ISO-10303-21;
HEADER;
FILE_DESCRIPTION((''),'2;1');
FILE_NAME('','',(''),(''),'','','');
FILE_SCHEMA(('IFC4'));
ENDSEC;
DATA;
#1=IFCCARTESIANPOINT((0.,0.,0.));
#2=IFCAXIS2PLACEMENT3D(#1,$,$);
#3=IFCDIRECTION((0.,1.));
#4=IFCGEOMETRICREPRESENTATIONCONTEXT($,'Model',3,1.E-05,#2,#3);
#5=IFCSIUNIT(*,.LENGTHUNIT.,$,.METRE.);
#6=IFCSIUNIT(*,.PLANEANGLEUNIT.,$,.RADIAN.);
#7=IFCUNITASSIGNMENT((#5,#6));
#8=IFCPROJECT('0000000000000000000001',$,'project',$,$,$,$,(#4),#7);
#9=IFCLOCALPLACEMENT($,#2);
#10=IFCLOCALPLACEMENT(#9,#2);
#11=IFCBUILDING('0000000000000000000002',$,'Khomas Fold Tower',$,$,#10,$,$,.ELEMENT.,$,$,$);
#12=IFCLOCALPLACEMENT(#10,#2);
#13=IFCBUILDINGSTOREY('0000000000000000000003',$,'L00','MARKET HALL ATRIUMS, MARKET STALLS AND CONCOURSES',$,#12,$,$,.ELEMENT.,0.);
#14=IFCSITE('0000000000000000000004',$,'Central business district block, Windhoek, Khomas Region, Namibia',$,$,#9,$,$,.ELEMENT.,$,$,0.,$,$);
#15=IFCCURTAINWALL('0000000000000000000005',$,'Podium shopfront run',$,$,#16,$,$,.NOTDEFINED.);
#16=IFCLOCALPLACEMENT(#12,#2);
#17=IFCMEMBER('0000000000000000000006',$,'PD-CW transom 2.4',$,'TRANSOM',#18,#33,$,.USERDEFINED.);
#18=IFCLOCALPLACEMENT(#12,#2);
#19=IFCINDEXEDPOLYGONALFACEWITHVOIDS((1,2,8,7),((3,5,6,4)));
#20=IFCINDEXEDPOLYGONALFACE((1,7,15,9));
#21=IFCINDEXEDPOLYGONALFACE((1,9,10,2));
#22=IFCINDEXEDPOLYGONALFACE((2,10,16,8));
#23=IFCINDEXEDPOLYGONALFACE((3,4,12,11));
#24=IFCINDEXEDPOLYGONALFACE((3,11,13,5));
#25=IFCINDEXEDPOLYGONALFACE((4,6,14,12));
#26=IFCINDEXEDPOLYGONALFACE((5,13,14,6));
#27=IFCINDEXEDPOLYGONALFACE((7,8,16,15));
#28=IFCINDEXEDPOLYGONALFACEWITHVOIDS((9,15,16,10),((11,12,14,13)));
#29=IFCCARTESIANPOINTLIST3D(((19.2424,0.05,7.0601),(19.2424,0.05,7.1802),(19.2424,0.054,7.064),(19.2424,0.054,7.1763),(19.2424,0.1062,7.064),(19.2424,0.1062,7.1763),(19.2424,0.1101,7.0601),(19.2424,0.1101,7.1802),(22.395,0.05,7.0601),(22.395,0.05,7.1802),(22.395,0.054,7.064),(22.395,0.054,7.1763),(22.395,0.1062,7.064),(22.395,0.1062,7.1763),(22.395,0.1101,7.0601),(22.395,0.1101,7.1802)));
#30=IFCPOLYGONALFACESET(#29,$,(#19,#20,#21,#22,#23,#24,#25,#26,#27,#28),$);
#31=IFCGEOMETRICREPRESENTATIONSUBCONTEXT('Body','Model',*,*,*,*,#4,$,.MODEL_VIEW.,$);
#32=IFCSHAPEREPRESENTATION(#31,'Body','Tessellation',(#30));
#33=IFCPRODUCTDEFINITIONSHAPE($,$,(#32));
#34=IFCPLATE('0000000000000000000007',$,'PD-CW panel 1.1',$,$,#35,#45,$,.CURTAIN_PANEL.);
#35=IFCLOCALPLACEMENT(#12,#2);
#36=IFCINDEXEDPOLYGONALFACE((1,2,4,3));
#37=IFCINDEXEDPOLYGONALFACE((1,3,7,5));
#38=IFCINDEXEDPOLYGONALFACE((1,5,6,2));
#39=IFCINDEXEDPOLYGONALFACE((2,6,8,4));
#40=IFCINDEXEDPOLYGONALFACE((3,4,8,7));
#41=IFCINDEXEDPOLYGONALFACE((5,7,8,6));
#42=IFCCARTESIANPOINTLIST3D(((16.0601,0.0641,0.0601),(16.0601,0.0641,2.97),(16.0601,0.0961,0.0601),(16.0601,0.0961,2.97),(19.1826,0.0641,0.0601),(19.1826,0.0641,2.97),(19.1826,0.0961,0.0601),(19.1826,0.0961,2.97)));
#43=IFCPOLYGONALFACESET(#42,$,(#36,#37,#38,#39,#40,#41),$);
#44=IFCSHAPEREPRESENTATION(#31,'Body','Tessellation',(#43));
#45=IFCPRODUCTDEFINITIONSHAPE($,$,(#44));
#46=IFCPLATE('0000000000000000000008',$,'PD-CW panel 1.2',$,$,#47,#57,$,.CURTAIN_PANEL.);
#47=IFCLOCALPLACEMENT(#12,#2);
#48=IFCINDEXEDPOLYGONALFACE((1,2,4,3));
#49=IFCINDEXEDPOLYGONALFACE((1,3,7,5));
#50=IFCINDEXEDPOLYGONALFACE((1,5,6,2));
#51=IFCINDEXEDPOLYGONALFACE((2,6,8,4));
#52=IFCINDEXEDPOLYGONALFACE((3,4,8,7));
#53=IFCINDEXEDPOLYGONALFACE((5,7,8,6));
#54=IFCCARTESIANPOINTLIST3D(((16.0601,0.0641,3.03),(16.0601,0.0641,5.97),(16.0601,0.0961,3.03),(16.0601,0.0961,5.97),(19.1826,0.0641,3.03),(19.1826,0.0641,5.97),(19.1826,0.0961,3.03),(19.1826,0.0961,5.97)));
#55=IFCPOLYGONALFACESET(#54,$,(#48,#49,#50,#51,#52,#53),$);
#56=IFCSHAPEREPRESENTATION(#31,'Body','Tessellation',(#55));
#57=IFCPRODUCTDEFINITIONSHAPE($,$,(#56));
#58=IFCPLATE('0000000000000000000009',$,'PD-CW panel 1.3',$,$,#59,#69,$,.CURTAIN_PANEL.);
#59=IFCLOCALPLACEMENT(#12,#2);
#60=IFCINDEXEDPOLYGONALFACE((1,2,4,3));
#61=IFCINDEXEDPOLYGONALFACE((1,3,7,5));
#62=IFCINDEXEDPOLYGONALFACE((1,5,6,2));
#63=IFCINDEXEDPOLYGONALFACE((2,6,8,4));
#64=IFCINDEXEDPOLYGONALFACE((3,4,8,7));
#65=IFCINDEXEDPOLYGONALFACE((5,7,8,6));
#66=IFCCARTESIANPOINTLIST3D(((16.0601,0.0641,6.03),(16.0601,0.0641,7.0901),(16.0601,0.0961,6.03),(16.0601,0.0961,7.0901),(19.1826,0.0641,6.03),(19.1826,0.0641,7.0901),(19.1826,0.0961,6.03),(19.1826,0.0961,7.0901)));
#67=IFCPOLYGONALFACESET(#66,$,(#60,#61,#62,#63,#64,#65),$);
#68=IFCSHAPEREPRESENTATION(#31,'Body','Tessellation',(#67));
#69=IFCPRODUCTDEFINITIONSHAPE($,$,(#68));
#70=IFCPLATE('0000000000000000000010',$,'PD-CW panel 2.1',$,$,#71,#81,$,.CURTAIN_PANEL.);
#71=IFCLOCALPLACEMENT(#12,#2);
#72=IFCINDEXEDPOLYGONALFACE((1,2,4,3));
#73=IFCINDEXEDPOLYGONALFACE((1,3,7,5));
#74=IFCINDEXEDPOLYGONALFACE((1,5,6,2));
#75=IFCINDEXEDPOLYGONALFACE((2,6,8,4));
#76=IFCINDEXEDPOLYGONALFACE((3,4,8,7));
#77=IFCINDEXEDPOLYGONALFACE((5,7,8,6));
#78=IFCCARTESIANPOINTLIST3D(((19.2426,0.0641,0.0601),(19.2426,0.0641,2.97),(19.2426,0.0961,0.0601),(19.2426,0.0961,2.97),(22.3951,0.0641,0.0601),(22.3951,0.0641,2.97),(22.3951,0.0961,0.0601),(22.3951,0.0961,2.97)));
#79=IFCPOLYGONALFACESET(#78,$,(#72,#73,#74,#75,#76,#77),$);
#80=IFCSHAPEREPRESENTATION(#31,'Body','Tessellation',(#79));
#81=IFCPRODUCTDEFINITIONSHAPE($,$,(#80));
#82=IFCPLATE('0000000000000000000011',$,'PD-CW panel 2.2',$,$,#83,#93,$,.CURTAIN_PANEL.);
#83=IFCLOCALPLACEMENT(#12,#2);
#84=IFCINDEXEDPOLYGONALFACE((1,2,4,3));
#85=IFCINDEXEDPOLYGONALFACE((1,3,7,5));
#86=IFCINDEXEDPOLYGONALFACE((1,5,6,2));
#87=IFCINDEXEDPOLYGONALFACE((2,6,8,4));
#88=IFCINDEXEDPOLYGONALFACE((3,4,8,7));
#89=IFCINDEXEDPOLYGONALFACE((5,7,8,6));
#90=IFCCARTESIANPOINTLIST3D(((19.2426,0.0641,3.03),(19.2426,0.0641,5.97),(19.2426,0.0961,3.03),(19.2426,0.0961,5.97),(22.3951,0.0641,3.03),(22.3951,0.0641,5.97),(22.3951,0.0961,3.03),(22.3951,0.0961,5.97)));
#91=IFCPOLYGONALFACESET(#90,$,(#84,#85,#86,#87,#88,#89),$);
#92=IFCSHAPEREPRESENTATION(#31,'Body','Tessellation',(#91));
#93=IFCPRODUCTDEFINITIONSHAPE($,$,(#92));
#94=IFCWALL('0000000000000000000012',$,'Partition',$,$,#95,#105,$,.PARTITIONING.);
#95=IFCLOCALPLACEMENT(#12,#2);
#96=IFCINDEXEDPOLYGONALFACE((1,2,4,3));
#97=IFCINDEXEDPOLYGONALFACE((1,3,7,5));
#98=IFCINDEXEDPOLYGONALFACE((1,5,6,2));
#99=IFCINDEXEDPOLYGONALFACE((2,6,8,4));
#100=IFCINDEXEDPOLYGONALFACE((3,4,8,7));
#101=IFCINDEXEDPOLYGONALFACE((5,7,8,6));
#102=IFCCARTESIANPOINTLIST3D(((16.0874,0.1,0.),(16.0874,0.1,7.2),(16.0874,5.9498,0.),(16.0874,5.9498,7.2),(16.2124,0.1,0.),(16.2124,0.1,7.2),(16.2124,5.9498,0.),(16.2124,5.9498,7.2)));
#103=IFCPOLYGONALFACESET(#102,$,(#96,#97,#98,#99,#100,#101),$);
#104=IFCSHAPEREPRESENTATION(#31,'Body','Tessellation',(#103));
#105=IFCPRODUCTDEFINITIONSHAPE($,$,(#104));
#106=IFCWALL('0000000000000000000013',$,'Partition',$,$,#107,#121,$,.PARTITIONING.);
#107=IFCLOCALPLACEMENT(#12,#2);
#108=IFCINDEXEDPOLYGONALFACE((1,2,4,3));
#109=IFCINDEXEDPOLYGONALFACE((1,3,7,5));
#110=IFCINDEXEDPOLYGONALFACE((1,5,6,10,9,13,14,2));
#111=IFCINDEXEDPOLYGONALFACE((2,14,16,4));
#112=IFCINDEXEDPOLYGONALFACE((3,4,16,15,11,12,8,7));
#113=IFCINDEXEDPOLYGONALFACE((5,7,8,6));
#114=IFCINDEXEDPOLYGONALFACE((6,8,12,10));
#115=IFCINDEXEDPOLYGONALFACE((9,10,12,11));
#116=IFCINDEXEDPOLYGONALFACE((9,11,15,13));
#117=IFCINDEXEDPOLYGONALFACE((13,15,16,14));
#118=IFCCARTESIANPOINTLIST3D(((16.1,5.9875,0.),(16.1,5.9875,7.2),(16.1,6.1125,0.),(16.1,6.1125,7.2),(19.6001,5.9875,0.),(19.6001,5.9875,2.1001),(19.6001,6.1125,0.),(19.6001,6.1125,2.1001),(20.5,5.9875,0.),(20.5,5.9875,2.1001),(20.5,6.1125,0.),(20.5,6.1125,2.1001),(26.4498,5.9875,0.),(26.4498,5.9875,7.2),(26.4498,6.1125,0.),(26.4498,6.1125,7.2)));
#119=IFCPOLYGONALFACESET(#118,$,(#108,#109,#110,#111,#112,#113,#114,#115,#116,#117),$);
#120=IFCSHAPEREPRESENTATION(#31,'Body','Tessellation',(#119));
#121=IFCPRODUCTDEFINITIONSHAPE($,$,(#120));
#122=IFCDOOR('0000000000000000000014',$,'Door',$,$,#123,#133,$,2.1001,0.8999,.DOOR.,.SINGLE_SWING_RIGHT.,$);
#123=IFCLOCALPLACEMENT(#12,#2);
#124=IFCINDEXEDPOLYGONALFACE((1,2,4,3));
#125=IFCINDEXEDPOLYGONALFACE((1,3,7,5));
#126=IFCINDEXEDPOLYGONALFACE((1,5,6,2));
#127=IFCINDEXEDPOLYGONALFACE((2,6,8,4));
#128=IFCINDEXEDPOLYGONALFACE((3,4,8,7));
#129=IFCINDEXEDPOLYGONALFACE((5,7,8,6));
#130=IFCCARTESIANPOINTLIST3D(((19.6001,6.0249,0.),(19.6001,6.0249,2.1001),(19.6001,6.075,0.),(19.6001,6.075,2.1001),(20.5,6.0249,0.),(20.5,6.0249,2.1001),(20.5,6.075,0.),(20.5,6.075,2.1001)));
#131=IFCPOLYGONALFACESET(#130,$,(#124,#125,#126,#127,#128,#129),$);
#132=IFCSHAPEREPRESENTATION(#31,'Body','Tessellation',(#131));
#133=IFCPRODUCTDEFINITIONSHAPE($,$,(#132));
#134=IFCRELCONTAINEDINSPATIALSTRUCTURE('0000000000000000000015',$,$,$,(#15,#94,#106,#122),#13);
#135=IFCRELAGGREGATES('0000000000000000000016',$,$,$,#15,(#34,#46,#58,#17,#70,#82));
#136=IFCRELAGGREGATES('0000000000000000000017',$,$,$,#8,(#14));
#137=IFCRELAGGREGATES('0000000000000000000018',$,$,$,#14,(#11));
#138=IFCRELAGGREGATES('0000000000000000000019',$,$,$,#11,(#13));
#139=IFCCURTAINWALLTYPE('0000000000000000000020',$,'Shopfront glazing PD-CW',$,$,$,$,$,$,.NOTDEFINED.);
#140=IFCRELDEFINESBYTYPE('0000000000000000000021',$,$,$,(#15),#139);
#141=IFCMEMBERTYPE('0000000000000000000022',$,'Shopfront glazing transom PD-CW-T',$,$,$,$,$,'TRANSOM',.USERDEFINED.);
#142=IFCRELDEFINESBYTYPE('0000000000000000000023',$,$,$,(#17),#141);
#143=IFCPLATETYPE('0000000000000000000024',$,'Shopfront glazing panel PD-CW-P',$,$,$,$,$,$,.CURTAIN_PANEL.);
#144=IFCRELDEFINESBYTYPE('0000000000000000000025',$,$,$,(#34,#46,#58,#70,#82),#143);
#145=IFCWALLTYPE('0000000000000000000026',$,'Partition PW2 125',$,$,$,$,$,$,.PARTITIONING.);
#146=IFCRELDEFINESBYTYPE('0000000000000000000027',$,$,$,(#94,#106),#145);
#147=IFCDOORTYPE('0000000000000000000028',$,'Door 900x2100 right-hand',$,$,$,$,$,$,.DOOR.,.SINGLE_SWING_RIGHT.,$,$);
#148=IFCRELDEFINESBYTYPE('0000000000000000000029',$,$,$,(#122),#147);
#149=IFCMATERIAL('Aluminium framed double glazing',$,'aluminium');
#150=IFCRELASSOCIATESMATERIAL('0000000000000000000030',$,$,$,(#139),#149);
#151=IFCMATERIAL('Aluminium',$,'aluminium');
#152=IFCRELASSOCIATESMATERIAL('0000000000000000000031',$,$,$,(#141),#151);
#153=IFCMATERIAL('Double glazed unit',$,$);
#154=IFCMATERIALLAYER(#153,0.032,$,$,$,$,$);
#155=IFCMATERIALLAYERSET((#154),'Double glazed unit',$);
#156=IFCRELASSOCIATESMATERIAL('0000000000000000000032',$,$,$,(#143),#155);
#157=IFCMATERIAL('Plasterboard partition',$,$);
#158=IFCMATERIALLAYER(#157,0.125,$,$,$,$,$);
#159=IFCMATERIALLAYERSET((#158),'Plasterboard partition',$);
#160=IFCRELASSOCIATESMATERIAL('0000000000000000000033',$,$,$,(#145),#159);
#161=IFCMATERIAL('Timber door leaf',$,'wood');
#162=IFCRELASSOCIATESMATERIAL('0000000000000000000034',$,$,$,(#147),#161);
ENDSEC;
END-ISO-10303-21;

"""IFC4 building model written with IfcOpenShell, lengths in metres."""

from ifc_helpers import new_model, si_unit, direction, frame, frame_2d, origin, origin_2d, place, context, subcontext, project, spatial, rectangle, hollow_rectangle, extrude, source, transform, mapped, material, layer, layer_set, material_profile, profile_set, type_object, element, fill, aggregate, save


model = new_model("IFC4")

# Units and contexts
model_context = context("Model", 3, precision=1e-05, world=origin(), true_north=direction((0.0, 1.0)))
body_context = subcontext(model_context, "Body", "Model", "MODEL_VIEW")
ifc_project = project(units=[si_unit("LENGTHUNIT", "METRE"), si_unit("PLANEANGLEUNIT", "RADIAN")], contexts=[model_context])

# Site, building, storey
site_placement = place(None, origin())
site = spatial("IfcSite", under=ifc_project, at=site_placement, Name="Central business district block, Windhoek, Khomas Region, Namibia", CompositionType="ELEMENT", RefElevation=0.0)
building_placement = place(site_placement, origin())
building = spatial("IfcBuilding", under=site, at=building_placement, Name="Khomas Fold Tower", CompositionType="ELEMENT")
storey_placement = place(building_placement, origin())
storey = spatial("IfcBuildingStorey", under=building, at=storey_placement, Name="L00", Description="MARKET HALL ATRIUMS, MARKET STALLS AND CONCOURSES", CompositionType="ELEMENT", Elevation=0.0)

# Curtain wall, member, plates
ifc_material_1 = material(Name="Aluminium framed double glazing", Category="aluminium")
curtain_wall_type = type_object("IfcCurtainWallType", Name="Shopfront glazing PD-CW", PredefinedType="NOTDEFINED", material=ifc_material_1)
curtain_wall_placement = place(storey_placement, origin())
curtain_wall = element("IfcCurtainWall", 1, at=curtain_wall_placement, inside=storey, type_object=curtain_wall_type, Name="Podium shopfront run", PredefinedType="NOTDEFINED")
ifc_material_2 = material(Name="Aluminium", Category="aluminium")
ifc_material_profile_1 = material_profile(ifc_material_2, hollow_rectangle(XDim=0.0601, YDim=0.1201, WallThickness=0.0039, at=origin_2d()), Name="Shopfront glazing transom PD-CW-T")
ifc_profile_set_1 = profile_set([ifc_material_profile_1], Name="Aluminium")
member_type_1 = type_object("IfcMemberType", Name="Shopfront glazing transom PD-CW-T", ElementType="TRANSOM", PredefinedType="USERDEFINED", material=ifc_profile_set_1)
shared_shape_1 = source(origin(), body_context, "Body", "SweptSolid", [
    extrude(hollow_rectangle(XDim=0.0601, YDim=0.1201, WallThickness=0.0039, at=origin_2d()), origin(), (0.0, 0.0, 1.0), 3.1526),
])
member_1_placement = place(storey_placement, frame((19.2424, 0.0801, 7.1201), z_axis=(1.0, 0.0, 0.0), x_axis=(0.0, 1.0, 0.0)))
member_1 = element("IfcMember", 2, at=member_1_placement, type_object=member_type_1, Name="PD-CW transom 2.4", ObjectType="TRANSOM", PredefinedType="USERDEFINED", context=body_context, shape_type="MappedRepresentation", body=[
    mapped(shared_shape_1, transform((0.0, 0.0, 0.0))),
])
ifc_material_3 = material(Name="Double glazed unit")
ifc_layer_1 = layer(ifc_material_3, 0.032)
ifc_layer_set_1 = layer_set([ifc_layer_1], Name="Double glazed unit")
plate_type = type_object("IfcPlateType", Name="Shopfront glazing panel PD-CW-P", PredefinedType="CURTAIN_PANEL", material=ifc_layer_set_1)
shared_shape_2 = source(origin(), body_context, "Body", "SweptSolid", [
    extrude(rectangle(XDim=3.1226, YDim=0.032, at=origin_2d()), origin(), (0.0, 0.0, 1.0), 2.9099),
])
plate_1_placement = place(storey_placement, frame((17.6213, 0.0801, 0.0601), z_axis=(0.0, 0.0, 1.0), x_axis=(1.0, 0.0, 0.0)))
plate_1 = element("IfcPlate", 3, at=plate_1_placement, type_object=plate_type, Name="PD-CW panel 1.1", PredefinedType="CURTAIN_PANEL", context=body_context, shape_type="MappedRepresentation", body=[
    mapped(shared_shape_2, transform((0.0, 0.0, 0.0))),
])
shared_shape_3 = source(origin(), body_context, "Body", "SweptSolid", [
    extrude(rectangle(XDim=3.1226, YDim=0.032, at=origin_2d()), origin(), (0.0, 0.0, 1.0), 2.9399),
])
plate_2_placement = place(storey_placement, frame((17.6213, 0.0801, 3.03), z_axis=(0.0, 0.0, 1.0), x_axis=(1.0, 0.0, 0.0)))
plate_2 = element("IfcPlate", 4, at=plate_2_placement, type_object=plate_type, Name="PD-CW panel 1.2", PredefinedType="CURTAIN_PANEL", context=body_context, shape_type="MappedRepresentation", body=[
    mapped(shared_shape_3, transform((0.0, 0.0, 0.0))),
])
shared_shape_4 = source(origin(), body_context, "Body", "SweptSolid", [
    extrude(rectangle(XDim=3.1226, YDim=0.032, at=origin_2d()), origin(), (0.0, 0.0, 1.0), 1.0601),
])
plate_3_placement = place(storey_placement, frame((17.6213, 0.0801, 6.03), z_axis=(0.0, 0.0, 1.0), x_axis=(1.0, 0.0, 0.0)))
plate_3 = element("IfcPlate", 5, at=plate_3_placement, type_object=plate_type, Name="PD-CW panel 1.3", PredefinedType="CURTAIN_PANEL", context=body_context, shape_type="MappedRepresentation", body=[
    mapped(shared_shape_4, transform((0.0, 0.0, 0.0))),
])
shared_shape_5 = source(origin(), body_context, "Body", "SweptSolid", [
    extrude(rectangle(XDim=3.1526, YDim=0.032, at=origin_2d()), origin(), (0.0, 0.0, 1.0), 2.9099),
])
plate_4_placement = place(storey_placement, frame((20.8188, 0.0801, 0.0601), z_axis=(0.0, 0.0, 1.0), x_axis=(1.0, 0.0, 0.0)))
plate_4 = element("IfcPlate", 6, at=plate_4_placement, type_object=plate_type, Name="PD-CW panel 2.1", PredefinedType="CURTAIN_PANEL", context=body_context, shape_type="MappedRepresentation", body=[
    mapped(shared_shape_5, transform((0.0, 0.0, 0.0))),
])
shared_shape_6 = source(origin(), body_context, "Body", "SweptSolid", [
    extrude(rectangle(XDim=3.1526, YDim=0.032, at=origin_2d()), origin(), (0.0, 0.0, 1.0), 2.9399),
])
plate_5_placement = place(storey_placement, frame((20.8188, 0.0801, 3.03), z_axis=(0.0, 0.0, 1.0), x_axis=(1.0, 0.0, 0.0)))
plate_5 = element("IfcPlate", 7, at=plate_5_placement, type_object=plate_type, Name="PD-CW panel 2.2", PredefinedType="CURTAIN_PANEL", context=body_context, shape_type="MappedRepresentation", body=[
    mapped(shared_shape_6, transform((0.0, 0.0, 0.0))),
])
aggregate(curtain_wall, [plate_1, plate_2, plate_3, member_1, plate_4, plate_5])

# Wall
ifc_material_4 = material(Name="Plasterboard partition")
ifc_layer_2 = layer(ifc_material_4, 0.125)
ifc_layer_set_2 = layer_set([ifc_layer_2], Name="Plasterboard partition")
wall_type = type_object("IfcWallType", Name="Partition PW2 125", PredefinedType="PARTITIONING", material=ifc_layer_set_2)
shared_shape_7 = source(origin(), body_context, "Body", "SweptSolid", [
    extrude(rectangle(XDim=5.8499, YDim=0.125, at=frame_2d((2.9248, 0.0))), origin(), (0.0, 0.0, 1.0), 7.2),
])
wall_1_placement = place(storey_placement, frame((16.1499, 0.1001, 0.0), z_axis=(0.0, 0.0, 1.0), x_axis=(0.0, 1.0, 0.0)))
element("IfcWall", 8, at=wall_1_placement, inside=storey, type_object=wall_type, Name="Partition", PredefinedType="PARTITIONING", context=body_context, shape_type="MappedRepresentation", body=[
    mapped(shared_shape_7, transform((0.0, 0.0, 0.0))),
])

# Wall, opening, door
shared_shape_8 = source(origin(), body_context, "Body", "SweptSolid", [
    extrude(rectangle(XDim=10.3499, YDim=0.125, at=frame_2d((5.1748, 0.0))), origin(), (0.0, 0.0, 1.0), 7.2),
])
wall_2_placement = place(storey_placement, frame((16.1001, 6.05, 0.0), z_axis=(0.0, 0.0, 1.0), x_axis=(1.0, 0.0, 0.0)))
wall_2 = element("IfcWall", 9, at=wall_2_placement, inside=storey, type_object=wall_type, Name="Partition", PredefinedType="PARTITIONING", context=body_context, shape_type="MappedRepresentation", body=[
    mapped(shared_shape_8, transform((0.0, 0.0, 0.0))),
])
shared_shape_9 = source(origin(), body_context, "Body", "SweptSolid", [
    extrude(rectangle(XDim=0.8999, YDim=2.1001, at=frame_2d((0.45, 1.05))), frame((0.0, 0.0725, 0.0), z_axis=(0.0, -1.0, 0.0), x_axis=(1.0, 0.0, 0.0)), (0.0, 0.0, 1.0), 0.145),
])
opening_placement = place(wall_2_placement, frame((3.5, 0.0, 0.0)))
opening = element("IfcOpeningElement", 10, at=opening_placement, cuts=wall_2, PredefinedType="OPENING", context=body_context, shape_type="MappedRepresentation", body=[
    mapped(shared_shape_9, transform((0.0, 0.0, 0.0))),
])
ifc_material_5 = material(Name="Timber door leaf", Category="wood")
door_type = type_object("IfcDoorType", Name="Door 900x2100 right-hand", OperationType="SINGLE_SWING_RIGHT", PredefinedType="DOOR", material=ifc_material_5)
shared_shape_10 = source(origin(), body_context, "Body", "SweptSolid", [
    extrude(rectangle(XDim=0.8999, YDim=2.1001, at=frame_2d((0.45, 1.05))), frame((0.0, 0.0249, 0.0), z_axis=(0.0, -1.0, 0.0), x_axis=(1.0, 0.0, 0.0)), (0.0, 0.0, 1.0), 0.05),
])
door_placement = place(opening_placement, origin())
door = element("IfcDoor", 11, at=door_placement, inside=storey, type_object=door_type, Name="Door", OperationType="SINGLE_SWING_RIGHT", OverallHeight=2.1001, OverallWidth=0.8999, PredefinedType="DOOR", context=body_context, shape_type="MappedRepresentation", body=[
    mapped(shared_shape_10, transform((0.0, 0.0, 0.0))),
])
fill(opening, door)

save(model, "model.ifc")
